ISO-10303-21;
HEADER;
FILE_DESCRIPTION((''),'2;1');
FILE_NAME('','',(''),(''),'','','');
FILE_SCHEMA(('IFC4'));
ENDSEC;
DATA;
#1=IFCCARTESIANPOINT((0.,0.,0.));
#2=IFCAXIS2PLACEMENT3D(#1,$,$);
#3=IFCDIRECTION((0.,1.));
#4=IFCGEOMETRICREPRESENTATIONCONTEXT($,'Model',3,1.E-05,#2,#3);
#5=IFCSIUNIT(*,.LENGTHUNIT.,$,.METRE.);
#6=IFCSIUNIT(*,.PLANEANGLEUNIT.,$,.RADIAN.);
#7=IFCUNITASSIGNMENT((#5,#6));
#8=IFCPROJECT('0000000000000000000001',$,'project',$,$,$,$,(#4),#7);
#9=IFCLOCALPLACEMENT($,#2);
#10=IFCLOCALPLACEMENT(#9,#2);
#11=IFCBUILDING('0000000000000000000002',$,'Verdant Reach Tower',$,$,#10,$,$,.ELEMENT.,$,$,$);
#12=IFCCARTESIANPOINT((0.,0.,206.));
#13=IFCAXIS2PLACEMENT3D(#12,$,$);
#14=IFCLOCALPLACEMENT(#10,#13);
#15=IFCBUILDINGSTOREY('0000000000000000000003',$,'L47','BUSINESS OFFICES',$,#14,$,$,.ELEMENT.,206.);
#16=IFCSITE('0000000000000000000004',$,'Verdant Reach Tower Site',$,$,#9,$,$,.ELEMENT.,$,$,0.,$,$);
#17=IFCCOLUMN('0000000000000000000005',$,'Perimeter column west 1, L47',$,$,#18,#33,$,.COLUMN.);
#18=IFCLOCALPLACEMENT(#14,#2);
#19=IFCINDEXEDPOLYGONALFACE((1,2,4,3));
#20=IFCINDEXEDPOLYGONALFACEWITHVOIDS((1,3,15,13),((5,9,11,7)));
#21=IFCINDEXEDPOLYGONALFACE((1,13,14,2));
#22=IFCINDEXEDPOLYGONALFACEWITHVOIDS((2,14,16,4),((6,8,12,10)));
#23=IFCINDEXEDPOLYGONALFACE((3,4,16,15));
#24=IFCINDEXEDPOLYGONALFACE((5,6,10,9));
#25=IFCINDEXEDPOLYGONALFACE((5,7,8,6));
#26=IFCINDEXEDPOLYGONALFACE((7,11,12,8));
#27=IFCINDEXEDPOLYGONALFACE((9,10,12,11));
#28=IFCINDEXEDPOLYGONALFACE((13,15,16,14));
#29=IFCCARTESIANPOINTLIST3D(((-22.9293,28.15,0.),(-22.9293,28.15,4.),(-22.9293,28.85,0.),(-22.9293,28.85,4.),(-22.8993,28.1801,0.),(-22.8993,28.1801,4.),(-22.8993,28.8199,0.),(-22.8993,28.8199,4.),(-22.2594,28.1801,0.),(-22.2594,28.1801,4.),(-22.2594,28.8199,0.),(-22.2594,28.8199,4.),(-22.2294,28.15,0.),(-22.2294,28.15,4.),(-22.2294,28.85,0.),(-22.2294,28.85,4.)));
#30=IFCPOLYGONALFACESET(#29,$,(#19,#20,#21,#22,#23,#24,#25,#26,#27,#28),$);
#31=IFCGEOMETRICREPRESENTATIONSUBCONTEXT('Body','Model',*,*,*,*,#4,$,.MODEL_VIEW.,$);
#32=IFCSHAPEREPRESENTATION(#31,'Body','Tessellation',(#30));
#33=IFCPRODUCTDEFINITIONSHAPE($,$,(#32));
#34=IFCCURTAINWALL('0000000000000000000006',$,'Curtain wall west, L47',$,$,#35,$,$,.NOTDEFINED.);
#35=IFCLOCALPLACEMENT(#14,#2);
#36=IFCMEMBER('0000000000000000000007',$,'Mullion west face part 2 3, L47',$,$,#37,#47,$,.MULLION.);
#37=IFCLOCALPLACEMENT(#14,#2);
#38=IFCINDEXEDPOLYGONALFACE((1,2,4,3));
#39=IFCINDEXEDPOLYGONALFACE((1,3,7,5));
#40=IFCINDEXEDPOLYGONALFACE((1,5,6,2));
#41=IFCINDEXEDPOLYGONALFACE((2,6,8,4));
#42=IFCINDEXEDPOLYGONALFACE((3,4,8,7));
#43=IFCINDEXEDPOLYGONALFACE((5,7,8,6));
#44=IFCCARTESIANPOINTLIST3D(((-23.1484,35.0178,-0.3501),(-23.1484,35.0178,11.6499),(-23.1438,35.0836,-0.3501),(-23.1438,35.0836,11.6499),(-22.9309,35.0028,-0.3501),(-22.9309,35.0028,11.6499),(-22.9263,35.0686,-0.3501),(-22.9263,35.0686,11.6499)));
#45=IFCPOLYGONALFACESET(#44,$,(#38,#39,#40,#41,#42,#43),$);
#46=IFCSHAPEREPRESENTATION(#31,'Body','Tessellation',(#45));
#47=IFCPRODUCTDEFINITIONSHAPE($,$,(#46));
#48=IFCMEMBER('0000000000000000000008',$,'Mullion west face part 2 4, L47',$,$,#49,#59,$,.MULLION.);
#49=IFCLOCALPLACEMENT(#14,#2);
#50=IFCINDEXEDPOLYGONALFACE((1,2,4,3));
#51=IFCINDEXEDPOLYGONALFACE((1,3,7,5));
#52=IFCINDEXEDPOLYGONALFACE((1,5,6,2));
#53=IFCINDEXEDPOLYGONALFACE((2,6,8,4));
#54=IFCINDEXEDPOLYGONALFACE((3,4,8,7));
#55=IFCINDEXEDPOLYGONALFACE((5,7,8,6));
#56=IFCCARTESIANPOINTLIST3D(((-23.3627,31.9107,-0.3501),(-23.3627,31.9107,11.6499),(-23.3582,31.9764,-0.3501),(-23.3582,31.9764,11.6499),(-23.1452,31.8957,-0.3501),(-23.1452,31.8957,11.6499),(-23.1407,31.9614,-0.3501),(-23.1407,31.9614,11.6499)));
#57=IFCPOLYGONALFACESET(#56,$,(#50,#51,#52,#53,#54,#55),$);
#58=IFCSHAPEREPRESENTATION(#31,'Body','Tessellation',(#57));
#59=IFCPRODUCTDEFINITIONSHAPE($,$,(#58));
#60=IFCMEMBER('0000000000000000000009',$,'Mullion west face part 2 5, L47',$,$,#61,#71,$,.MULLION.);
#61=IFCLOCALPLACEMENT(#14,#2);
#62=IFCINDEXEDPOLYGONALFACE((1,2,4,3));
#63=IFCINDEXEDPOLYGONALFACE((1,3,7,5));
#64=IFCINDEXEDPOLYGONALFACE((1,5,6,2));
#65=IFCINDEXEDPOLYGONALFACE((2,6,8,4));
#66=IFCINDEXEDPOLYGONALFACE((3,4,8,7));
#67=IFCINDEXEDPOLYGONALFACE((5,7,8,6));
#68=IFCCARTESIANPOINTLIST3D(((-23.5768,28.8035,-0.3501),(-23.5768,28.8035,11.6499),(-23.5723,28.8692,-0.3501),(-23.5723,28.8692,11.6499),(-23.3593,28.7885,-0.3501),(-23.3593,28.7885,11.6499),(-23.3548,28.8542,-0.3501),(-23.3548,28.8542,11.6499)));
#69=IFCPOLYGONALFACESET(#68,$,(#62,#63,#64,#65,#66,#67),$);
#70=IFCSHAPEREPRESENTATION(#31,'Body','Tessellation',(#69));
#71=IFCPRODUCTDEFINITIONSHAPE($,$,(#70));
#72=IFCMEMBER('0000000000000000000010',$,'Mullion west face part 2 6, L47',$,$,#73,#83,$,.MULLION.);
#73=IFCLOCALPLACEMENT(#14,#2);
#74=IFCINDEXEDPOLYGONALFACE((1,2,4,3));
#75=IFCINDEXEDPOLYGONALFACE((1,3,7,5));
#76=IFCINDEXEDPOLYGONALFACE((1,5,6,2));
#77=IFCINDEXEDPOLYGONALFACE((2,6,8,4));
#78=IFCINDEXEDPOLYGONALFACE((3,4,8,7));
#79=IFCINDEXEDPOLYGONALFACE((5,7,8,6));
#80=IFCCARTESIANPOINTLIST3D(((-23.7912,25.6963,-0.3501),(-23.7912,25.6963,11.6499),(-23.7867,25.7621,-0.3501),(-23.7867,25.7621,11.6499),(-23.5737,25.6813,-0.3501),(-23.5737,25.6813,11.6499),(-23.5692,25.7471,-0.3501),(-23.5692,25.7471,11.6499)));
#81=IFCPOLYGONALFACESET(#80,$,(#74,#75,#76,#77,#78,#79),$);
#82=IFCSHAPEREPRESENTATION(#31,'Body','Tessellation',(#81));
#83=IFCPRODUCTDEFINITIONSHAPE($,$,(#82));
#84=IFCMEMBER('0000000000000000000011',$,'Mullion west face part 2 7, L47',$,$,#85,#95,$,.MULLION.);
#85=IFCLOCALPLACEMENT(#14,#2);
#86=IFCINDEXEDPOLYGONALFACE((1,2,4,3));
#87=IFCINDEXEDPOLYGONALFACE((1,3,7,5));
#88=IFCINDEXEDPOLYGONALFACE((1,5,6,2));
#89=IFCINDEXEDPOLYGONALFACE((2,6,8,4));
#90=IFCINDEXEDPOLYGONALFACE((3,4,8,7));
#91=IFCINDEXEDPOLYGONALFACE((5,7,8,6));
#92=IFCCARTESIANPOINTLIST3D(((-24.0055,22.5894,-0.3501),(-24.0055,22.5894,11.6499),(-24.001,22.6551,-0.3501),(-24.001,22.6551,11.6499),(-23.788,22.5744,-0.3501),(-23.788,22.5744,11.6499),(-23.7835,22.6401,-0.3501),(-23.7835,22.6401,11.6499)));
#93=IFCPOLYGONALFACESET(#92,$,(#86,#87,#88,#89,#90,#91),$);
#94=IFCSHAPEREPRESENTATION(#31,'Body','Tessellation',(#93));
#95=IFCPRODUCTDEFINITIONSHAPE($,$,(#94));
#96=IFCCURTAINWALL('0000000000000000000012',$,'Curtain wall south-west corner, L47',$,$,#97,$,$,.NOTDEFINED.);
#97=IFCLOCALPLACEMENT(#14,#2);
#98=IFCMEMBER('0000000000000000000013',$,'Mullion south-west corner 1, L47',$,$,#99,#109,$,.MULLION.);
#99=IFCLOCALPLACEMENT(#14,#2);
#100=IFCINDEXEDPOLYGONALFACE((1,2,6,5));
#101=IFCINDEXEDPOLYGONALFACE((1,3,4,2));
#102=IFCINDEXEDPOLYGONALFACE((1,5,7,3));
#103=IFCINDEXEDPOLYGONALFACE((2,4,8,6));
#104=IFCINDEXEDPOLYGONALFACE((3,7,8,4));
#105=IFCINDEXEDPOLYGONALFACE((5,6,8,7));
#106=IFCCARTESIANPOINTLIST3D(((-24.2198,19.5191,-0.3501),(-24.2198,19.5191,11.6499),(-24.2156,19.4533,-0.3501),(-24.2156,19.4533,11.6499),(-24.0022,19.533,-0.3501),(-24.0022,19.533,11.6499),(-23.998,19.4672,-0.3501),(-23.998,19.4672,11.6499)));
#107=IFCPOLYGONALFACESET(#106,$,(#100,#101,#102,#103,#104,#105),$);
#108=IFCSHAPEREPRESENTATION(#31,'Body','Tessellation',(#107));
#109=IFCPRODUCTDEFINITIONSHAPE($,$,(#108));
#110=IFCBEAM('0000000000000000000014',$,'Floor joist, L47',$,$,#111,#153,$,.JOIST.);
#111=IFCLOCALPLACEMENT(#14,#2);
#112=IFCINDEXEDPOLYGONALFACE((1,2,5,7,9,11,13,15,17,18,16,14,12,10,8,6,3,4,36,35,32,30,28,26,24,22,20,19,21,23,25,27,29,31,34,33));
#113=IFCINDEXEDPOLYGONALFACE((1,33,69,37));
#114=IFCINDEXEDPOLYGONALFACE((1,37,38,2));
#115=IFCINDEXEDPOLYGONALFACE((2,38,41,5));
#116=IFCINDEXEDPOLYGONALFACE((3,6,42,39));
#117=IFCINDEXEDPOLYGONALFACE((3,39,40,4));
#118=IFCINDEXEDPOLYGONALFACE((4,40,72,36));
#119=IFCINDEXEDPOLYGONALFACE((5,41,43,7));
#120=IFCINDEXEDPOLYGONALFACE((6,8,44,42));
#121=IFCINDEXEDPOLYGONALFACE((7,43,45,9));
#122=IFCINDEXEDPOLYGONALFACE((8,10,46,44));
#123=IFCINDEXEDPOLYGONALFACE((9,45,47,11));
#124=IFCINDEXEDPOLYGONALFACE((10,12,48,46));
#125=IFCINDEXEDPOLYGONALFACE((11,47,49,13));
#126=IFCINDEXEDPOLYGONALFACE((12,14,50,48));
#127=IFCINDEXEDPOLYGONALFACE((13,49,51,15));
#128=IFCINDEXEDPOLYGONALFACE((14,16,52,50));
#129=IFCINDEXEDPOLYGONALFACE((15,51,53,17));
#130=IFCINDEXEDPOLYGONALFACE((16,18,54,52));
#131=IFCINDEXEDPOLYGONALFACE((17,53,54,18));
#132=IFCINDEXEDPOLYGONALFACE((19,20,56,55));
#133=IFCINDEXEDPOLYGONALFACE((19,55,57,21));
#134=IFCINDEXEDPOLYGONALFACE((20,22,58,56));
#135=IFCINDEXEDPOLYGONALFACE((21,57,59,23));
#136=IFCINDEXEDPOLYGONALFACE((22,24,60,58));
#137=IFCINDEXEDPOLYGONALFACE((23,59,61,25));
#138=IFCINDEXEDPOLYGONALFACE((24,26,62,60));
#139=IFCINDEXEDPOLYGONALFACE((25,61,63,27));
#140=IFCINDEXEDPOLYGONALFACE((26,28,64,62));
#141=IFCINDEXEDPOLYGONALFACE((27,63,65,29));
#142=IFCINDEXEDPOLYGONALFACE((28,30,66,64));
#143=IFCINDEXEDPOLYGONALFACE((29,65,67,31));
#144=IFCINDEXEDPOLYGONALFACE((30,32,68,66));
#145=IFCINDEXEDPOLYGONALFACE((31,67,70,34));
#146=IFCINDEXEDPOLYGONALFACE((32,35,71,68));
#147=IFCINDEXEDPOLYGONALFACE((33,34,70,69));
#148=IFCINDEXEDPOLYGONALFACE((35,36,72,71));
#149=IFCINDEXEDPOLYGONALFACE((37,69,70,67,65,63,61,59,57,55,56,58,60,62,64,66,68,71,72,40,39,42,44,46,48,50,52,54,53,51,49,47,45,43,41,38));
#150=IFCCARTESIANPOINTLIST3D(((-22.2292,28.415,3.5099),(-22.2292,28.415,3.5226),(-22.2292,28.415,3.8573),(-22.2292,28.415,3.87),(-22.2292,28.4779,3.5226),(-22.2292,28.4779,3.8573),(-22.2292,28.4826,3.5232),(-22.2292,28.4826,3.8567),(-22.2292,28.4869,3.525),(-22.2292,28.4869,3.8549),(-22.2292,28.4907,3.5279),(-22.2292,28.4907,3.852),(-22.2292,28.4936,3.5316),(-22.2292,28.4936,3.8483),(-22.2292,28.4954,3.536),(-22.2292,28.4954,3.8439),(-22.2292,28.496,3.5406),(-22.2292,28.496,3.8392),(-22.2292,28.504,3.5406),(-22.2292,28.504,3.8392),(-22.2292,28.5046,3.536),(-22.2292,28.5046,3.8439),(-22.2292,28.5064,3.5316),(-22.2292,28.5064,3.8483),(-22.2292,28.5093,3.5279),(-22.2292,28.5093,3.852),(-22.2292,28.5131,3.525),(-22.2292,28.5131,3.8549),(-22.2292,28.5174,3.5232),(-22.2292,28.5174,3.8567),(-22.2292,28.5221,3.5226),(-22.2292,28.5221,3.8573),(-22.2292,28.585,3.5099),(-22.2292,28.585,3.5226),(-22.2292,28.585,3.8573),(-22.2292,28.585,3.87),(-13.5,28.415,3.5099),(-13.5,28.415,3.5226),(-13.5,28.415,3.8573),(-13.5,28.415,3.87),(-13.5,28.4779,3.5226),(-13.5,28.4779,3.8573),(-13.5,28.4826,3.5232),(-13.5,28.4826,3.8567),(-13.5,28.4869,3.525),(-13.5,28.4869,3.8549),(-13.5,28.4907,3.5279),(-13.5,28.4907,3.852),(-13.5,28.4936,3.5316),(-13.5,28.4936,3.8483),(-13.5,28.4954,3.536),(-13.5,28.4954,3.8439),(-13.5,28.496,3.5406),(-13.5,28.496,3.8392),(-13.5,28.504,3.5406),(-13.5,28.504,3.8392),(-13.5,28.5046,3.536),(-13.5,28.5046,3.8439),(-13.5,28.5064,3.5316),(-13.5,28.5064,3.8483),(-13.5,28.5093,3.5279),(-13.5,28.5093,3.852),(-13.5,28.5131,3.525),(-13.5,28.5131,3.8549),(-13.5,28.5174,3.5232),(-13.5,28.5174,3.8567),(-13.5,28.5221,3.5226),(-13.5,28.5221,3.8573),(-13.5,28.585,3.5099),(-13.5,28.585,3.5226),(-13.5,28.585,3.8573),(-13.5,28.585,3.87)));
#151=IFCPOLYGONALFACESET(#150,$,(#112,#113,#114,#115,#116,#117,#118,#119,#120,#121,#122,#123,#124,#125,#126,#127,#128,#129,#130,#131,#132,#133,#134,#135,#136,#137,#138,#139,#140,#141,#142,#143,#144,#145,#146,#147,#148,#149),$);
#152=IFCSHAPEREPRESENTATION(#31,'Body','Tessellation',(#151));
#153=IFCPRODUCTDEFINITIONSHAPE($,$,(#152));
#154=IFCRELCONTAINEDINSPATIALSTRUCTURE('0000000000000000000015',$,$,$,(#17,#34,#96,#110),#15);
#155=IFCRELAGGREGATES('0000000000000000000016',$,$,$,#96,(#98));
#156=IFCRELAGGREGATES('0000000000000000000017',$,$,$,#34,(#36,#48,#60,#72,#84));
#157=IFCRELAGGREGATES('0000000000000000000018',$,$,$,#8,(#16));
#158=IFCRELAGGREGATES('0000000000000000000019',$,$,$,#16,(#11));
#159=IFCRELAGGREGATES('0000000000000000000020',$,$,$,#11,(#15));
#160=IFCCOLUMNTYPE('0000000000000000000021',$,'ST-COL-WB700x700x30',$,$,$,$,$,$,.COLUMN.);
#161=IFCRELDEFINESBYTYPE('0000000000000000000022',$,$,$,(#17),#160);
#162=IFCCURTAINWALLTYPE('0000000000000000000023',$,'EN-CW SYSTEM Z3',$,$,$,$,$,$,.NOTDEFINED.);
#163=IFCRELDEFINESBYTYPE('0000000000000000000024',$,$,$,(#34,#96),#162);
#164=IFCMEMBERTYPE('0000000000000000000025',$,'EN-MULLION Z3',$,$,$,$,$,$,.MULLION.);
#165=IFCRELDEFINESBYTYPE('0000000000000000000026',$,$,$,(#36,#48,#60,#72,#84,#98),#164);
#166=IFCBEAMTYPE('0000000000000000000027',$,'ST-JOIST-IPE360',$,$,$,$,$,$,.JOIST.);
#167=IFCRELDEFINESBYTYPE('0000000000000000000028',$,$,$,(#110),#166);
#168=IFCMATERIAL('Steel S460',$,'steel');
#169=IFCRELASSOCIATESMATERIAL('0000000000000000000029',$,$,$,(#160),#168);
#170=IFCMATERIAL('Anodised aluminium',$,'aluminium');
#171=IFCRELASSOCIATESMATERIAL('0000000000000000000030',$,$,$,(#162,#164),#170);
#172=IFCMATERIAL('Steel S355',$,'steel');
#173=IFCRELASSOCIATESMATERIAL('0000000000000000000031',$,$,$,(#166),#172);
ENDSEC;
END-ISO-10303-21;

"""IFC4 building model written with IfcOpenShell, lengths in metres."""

from ifc_helpers import new_model, si_unit, direction, frame, origin, origin_2d, place, context, subcontext, project, spatial, rectangle, hollow_rectangle, i_section, extrude, material, material_profile, profile_set, type_object, element, aggregate, save


model = new_model("IFC4")

# Units and contexts
model_context = context("Model", 3, precision=1e-05, world=origin(), true_north=direction((0.0, 1.0)))
body_context = subcontext(model_context, "Body", "Model", "MODEL_VIEW")
ifc_project = project(units=[si_unit("LENGTHUNIT", "METRE"), si_unit("PLANEANGLEUNIT", "RADIAN")], contexts=[model_context])

# Site, building, storey
site_placement = place(None, origin())
site = spatial("IfcSite", under=ifc_project, at=site_placement, Name="Verdant Reach Tower Site", CompositionType="ELEMENT", RefElevation=0.0)
building_placement = place(site_placement, origin())
building = spatial("IfcBuilding", under=site, at=building_placement, Name="Verdant Reach Tower", CompositionType="ELEMENT")
storey_placement = place(building_placement, frame((0.0, 0.0, 206.0)))
storey = spatial("IfcBuildingStorey", under=building, at=storey_placement, Name="L47", Description="BUSINESS OFFICES", CompositionType="ELEMENT", Elevation=206.0)

# Column
ifc_material_1 = material(Name="Steel S460", Category="steel")
ifc_material_profile_1 = material_profile(ifc_material_1, hollow_rectangle(XDim=0.7, YDim=0.7, WallThickness=0.03, at=origin_2d()), Name="WB 700x700x30")
ifc_profile_set_1 = profile_set([ifc_material_profile_1], Name="Steel S460")
column_type = type_object("IfcColumnType", Name="ST-COL-WB700x700x30", PredefinedType="COLUMN", material=ifc_profile_set_1)
column_placement = place(storey_placement, frame((-22.5793, 28.5, 0.0), z_axis=(0.0, 0.0, 1.0), x_axis=(1.0, 0.0, 0.0)))
element("IfcColumn", 1, at=column_placement, inside=storey, type_object=column_type, Name="Perimeter column west 1, L47", PredefinedType="COLUMN", context=body_context, shape_type="SweptSolid", body=[
    extrude(hollow_rectangle(XDim=0.7, YDim=0.7, WallThickness=0.03, at=origin_2d()), origin(), (0.0, 0.0, 1.0), 4.0),
])

# Curtain wall, members
ifc_material_2 = material(Name="Anodised aluminium", Category="aluminium")
curtain_wall_type = type_object("IfcCurtainWallType", Name="EN-CW SYSTEM Z3", PredefinedType="NOTDEFINED", material=ifc_material_2)
curtain_wall_1_placement = place(storey_placement, origin())
curtain_wall_1 = element("IfcCurtainWall", 2, at=curtain_wall_1_placement, inside=storey, type_object=curtain_wall_type, Name="Curtain wall west, L47", PredefinedType="NOTDEFINED")
ifc_material_profile_2 = material_profile(ifc_material_2, rectangle(XDim=0.218, YDim=0.0659, at=origin_2d()), Name="Mullion 66x218")
ifc_profile_set_2 = profile_set([ifc_material_profile_2], Name="Anodised aluminium")
member_type = type_object("IfcMemberType", Name="EN-MULLION Z3", PredefinedType="MULLION", material=ifc_profile_set_2)
member_1_placement = place(storey_placement, frame((-23.0374, 35.0432, -0.3501), z_axis=(0.0, 0.0, 1.0), x_axis=(-0.99763, 0.068802, 0.0)))
member_1 = element("IfcMember", 3, at=member_1_placement, type_object=member_type, Name="Mullion west face part 2 3, L47", PredefinedType="MULLION", context=body_context, shape_type="SweptSolid", body=[
    extrude(rectangle(XDim=0.218, YDim=0.0659, at=origin_2d()), origin(), (0.0, 0.0, 1.0), 12.0),
])
member_2_placement = place(storey_placement, frame((-23.2517, 31.936, -0.3501), z_axis=(0.0, 0.0, 1.0), x_axis=(-0.99763, 0.068802, 0.0)))
member_2 = element("IfcMember", 4, at=member_2_placement, type_object=member_type, Name="Mullion west face part 2 4, L47", PredefinedType="MULLION", context=body_context, shape_type="SweptSolid", body=[
    extrude(rectangle(XDim=0.218, YDim=0.0659, at=origin_2d()), origin(), (0.0, 0.0, 1.0), 12.0),
])
member_3_placement = place(storey_placement, frame((-23.4658, 28.8289, -0.3501), z_axis=(0.0, 0.0, 1.0), x_axis=(-0.99763, 0.068802, 0.0)))
member_3 = element("IfcMember", 5, at=member_3_placement, type_object=member_type, Name="Mullion west face part 2 5, L47", PredefinedType="MULLION", context=body_context, shape_type="SweptSolid", body=[
    extrude(rectangle(XDim=0.218, YDim=0.0659, at=origin_2d()), origin(), (0.0, 0.0, 1.0), 12.0),
])
member_4_placement = place(storey_placement, frame((-23.6802, 25.7217, -0.3501), z_axis=(0.0, 0.0, 1.0), x_axis=(-0.99763, 0.068802, 0.0)))
member_4 = element("IfcMember", 6, at=member_4_placement, type_object=member_type, Name="Mullion west face part 2 6, L47", PredefinedType="MULLION", context=body_context, shape_type="SweptSolid", body=[
    extrude(rectangle(XDim=0.218, YDim=0.0659, at=origin_2d()), origin(), (0.0, 0.0, 1.0), 12.0),
])
member_5_placement = place(storey_placement, frame((-23.8945, 22.6147, -0.3501), z_axis=(0.0, 0.0, 1.0), x_axis=(-0.99763, 0.068802, 0.0)))
member_5 = element("IfcMember", 7, at=member_5_placement, type_object=member_type, Name="Mullion west face part 2 7, L47", PredefinedType="MULLION", context=body_context, shape_type="SweptSolid", body=[
    extrude(rectangle(XDim=0.218, YDim=0.0659, at=origin_2d()), origin(), (0.0, 0.0, 1.0), 12.0),
])

# Curtain wall, member
curtain_wall_2_placement = place(storey_placement, origin())
curtain_wall_2 = element("IfcCurtainWall", 8, at=curtain_wall_2_placement, inside=storey, type_object=curtain_wall_type, Name="Curtain wall south-west corner, L47", PredefinedType="NOTDEFINED")
member_6_placement = place(storey_placement, frame((-24.1089, 19.4932, -0.3501), z_axis=(0.0, 0.0, 1.0), x_axis=(-0.997969, -0.063699, 0.0)))
member_6 = element("IfcMember", 9, at=member_6_placement, type_object=member_type, Name="Mullion south-west corner 1, L47", PredefinedType="MULLION", context=body_context, shape_type="SweptSolid", body=[
    extrude(rectangle(XDim=0.218, YDim=0.0659, at=origin_2d()), origin(), (0.0, 0.0, 1.0), 12.0),
])
aggregate(curtain_wall_2, [member_6])

# Beam
ifc_material_3 = material(Name="Steel S355", Category="steel")
ifc_material_profile_3 = material_profile(ifc_material_3, i_section(OverallWidth=0.1699, OverallDepth=0.3601, WebThickness=0.0081, FlangeThickness=0.0127, FilletRadius=0.0181, at=origin_2d()), Name="IPE 360")
ifc_profile_set_3 = profile_set([ifc_material_profile_3], Name="Steel S355")
beam_type_1 = type_object("IfcBeamType", Name="ST-JOIST-IPE360", PredefinedType="JOIST", material=ifc_profile_set_3)
beam_1_placement = place(storey_placement, frame((-13.5, 28.5, 3.6899), z_axis=(-1.0, 0.0, 0.0), x_axis=(0.0, -1.0, 0.0)))
element("IfcBeam", 10, at=beam_1_placement, inside=storey, type_object=beam_type_1, Name="Floor joist, L47", PredefinedType="JOIST", context=body_context, shape_type="SweptSolid", body=[
    extrude(i_section(OverallWidth=0.1699, OverallDepth=0.3601, WebThickness=0.0081, FlangeThickness=0.0127, FilletRadius=0.0181, at=origin_2d()), origin(), (0.0, 0.0, 1.0), 8.7292),
])

aggregate(curtain_wall_1, [member_1, member_2, member_3, member_4, member_5])

save(model, "model.ifc")
